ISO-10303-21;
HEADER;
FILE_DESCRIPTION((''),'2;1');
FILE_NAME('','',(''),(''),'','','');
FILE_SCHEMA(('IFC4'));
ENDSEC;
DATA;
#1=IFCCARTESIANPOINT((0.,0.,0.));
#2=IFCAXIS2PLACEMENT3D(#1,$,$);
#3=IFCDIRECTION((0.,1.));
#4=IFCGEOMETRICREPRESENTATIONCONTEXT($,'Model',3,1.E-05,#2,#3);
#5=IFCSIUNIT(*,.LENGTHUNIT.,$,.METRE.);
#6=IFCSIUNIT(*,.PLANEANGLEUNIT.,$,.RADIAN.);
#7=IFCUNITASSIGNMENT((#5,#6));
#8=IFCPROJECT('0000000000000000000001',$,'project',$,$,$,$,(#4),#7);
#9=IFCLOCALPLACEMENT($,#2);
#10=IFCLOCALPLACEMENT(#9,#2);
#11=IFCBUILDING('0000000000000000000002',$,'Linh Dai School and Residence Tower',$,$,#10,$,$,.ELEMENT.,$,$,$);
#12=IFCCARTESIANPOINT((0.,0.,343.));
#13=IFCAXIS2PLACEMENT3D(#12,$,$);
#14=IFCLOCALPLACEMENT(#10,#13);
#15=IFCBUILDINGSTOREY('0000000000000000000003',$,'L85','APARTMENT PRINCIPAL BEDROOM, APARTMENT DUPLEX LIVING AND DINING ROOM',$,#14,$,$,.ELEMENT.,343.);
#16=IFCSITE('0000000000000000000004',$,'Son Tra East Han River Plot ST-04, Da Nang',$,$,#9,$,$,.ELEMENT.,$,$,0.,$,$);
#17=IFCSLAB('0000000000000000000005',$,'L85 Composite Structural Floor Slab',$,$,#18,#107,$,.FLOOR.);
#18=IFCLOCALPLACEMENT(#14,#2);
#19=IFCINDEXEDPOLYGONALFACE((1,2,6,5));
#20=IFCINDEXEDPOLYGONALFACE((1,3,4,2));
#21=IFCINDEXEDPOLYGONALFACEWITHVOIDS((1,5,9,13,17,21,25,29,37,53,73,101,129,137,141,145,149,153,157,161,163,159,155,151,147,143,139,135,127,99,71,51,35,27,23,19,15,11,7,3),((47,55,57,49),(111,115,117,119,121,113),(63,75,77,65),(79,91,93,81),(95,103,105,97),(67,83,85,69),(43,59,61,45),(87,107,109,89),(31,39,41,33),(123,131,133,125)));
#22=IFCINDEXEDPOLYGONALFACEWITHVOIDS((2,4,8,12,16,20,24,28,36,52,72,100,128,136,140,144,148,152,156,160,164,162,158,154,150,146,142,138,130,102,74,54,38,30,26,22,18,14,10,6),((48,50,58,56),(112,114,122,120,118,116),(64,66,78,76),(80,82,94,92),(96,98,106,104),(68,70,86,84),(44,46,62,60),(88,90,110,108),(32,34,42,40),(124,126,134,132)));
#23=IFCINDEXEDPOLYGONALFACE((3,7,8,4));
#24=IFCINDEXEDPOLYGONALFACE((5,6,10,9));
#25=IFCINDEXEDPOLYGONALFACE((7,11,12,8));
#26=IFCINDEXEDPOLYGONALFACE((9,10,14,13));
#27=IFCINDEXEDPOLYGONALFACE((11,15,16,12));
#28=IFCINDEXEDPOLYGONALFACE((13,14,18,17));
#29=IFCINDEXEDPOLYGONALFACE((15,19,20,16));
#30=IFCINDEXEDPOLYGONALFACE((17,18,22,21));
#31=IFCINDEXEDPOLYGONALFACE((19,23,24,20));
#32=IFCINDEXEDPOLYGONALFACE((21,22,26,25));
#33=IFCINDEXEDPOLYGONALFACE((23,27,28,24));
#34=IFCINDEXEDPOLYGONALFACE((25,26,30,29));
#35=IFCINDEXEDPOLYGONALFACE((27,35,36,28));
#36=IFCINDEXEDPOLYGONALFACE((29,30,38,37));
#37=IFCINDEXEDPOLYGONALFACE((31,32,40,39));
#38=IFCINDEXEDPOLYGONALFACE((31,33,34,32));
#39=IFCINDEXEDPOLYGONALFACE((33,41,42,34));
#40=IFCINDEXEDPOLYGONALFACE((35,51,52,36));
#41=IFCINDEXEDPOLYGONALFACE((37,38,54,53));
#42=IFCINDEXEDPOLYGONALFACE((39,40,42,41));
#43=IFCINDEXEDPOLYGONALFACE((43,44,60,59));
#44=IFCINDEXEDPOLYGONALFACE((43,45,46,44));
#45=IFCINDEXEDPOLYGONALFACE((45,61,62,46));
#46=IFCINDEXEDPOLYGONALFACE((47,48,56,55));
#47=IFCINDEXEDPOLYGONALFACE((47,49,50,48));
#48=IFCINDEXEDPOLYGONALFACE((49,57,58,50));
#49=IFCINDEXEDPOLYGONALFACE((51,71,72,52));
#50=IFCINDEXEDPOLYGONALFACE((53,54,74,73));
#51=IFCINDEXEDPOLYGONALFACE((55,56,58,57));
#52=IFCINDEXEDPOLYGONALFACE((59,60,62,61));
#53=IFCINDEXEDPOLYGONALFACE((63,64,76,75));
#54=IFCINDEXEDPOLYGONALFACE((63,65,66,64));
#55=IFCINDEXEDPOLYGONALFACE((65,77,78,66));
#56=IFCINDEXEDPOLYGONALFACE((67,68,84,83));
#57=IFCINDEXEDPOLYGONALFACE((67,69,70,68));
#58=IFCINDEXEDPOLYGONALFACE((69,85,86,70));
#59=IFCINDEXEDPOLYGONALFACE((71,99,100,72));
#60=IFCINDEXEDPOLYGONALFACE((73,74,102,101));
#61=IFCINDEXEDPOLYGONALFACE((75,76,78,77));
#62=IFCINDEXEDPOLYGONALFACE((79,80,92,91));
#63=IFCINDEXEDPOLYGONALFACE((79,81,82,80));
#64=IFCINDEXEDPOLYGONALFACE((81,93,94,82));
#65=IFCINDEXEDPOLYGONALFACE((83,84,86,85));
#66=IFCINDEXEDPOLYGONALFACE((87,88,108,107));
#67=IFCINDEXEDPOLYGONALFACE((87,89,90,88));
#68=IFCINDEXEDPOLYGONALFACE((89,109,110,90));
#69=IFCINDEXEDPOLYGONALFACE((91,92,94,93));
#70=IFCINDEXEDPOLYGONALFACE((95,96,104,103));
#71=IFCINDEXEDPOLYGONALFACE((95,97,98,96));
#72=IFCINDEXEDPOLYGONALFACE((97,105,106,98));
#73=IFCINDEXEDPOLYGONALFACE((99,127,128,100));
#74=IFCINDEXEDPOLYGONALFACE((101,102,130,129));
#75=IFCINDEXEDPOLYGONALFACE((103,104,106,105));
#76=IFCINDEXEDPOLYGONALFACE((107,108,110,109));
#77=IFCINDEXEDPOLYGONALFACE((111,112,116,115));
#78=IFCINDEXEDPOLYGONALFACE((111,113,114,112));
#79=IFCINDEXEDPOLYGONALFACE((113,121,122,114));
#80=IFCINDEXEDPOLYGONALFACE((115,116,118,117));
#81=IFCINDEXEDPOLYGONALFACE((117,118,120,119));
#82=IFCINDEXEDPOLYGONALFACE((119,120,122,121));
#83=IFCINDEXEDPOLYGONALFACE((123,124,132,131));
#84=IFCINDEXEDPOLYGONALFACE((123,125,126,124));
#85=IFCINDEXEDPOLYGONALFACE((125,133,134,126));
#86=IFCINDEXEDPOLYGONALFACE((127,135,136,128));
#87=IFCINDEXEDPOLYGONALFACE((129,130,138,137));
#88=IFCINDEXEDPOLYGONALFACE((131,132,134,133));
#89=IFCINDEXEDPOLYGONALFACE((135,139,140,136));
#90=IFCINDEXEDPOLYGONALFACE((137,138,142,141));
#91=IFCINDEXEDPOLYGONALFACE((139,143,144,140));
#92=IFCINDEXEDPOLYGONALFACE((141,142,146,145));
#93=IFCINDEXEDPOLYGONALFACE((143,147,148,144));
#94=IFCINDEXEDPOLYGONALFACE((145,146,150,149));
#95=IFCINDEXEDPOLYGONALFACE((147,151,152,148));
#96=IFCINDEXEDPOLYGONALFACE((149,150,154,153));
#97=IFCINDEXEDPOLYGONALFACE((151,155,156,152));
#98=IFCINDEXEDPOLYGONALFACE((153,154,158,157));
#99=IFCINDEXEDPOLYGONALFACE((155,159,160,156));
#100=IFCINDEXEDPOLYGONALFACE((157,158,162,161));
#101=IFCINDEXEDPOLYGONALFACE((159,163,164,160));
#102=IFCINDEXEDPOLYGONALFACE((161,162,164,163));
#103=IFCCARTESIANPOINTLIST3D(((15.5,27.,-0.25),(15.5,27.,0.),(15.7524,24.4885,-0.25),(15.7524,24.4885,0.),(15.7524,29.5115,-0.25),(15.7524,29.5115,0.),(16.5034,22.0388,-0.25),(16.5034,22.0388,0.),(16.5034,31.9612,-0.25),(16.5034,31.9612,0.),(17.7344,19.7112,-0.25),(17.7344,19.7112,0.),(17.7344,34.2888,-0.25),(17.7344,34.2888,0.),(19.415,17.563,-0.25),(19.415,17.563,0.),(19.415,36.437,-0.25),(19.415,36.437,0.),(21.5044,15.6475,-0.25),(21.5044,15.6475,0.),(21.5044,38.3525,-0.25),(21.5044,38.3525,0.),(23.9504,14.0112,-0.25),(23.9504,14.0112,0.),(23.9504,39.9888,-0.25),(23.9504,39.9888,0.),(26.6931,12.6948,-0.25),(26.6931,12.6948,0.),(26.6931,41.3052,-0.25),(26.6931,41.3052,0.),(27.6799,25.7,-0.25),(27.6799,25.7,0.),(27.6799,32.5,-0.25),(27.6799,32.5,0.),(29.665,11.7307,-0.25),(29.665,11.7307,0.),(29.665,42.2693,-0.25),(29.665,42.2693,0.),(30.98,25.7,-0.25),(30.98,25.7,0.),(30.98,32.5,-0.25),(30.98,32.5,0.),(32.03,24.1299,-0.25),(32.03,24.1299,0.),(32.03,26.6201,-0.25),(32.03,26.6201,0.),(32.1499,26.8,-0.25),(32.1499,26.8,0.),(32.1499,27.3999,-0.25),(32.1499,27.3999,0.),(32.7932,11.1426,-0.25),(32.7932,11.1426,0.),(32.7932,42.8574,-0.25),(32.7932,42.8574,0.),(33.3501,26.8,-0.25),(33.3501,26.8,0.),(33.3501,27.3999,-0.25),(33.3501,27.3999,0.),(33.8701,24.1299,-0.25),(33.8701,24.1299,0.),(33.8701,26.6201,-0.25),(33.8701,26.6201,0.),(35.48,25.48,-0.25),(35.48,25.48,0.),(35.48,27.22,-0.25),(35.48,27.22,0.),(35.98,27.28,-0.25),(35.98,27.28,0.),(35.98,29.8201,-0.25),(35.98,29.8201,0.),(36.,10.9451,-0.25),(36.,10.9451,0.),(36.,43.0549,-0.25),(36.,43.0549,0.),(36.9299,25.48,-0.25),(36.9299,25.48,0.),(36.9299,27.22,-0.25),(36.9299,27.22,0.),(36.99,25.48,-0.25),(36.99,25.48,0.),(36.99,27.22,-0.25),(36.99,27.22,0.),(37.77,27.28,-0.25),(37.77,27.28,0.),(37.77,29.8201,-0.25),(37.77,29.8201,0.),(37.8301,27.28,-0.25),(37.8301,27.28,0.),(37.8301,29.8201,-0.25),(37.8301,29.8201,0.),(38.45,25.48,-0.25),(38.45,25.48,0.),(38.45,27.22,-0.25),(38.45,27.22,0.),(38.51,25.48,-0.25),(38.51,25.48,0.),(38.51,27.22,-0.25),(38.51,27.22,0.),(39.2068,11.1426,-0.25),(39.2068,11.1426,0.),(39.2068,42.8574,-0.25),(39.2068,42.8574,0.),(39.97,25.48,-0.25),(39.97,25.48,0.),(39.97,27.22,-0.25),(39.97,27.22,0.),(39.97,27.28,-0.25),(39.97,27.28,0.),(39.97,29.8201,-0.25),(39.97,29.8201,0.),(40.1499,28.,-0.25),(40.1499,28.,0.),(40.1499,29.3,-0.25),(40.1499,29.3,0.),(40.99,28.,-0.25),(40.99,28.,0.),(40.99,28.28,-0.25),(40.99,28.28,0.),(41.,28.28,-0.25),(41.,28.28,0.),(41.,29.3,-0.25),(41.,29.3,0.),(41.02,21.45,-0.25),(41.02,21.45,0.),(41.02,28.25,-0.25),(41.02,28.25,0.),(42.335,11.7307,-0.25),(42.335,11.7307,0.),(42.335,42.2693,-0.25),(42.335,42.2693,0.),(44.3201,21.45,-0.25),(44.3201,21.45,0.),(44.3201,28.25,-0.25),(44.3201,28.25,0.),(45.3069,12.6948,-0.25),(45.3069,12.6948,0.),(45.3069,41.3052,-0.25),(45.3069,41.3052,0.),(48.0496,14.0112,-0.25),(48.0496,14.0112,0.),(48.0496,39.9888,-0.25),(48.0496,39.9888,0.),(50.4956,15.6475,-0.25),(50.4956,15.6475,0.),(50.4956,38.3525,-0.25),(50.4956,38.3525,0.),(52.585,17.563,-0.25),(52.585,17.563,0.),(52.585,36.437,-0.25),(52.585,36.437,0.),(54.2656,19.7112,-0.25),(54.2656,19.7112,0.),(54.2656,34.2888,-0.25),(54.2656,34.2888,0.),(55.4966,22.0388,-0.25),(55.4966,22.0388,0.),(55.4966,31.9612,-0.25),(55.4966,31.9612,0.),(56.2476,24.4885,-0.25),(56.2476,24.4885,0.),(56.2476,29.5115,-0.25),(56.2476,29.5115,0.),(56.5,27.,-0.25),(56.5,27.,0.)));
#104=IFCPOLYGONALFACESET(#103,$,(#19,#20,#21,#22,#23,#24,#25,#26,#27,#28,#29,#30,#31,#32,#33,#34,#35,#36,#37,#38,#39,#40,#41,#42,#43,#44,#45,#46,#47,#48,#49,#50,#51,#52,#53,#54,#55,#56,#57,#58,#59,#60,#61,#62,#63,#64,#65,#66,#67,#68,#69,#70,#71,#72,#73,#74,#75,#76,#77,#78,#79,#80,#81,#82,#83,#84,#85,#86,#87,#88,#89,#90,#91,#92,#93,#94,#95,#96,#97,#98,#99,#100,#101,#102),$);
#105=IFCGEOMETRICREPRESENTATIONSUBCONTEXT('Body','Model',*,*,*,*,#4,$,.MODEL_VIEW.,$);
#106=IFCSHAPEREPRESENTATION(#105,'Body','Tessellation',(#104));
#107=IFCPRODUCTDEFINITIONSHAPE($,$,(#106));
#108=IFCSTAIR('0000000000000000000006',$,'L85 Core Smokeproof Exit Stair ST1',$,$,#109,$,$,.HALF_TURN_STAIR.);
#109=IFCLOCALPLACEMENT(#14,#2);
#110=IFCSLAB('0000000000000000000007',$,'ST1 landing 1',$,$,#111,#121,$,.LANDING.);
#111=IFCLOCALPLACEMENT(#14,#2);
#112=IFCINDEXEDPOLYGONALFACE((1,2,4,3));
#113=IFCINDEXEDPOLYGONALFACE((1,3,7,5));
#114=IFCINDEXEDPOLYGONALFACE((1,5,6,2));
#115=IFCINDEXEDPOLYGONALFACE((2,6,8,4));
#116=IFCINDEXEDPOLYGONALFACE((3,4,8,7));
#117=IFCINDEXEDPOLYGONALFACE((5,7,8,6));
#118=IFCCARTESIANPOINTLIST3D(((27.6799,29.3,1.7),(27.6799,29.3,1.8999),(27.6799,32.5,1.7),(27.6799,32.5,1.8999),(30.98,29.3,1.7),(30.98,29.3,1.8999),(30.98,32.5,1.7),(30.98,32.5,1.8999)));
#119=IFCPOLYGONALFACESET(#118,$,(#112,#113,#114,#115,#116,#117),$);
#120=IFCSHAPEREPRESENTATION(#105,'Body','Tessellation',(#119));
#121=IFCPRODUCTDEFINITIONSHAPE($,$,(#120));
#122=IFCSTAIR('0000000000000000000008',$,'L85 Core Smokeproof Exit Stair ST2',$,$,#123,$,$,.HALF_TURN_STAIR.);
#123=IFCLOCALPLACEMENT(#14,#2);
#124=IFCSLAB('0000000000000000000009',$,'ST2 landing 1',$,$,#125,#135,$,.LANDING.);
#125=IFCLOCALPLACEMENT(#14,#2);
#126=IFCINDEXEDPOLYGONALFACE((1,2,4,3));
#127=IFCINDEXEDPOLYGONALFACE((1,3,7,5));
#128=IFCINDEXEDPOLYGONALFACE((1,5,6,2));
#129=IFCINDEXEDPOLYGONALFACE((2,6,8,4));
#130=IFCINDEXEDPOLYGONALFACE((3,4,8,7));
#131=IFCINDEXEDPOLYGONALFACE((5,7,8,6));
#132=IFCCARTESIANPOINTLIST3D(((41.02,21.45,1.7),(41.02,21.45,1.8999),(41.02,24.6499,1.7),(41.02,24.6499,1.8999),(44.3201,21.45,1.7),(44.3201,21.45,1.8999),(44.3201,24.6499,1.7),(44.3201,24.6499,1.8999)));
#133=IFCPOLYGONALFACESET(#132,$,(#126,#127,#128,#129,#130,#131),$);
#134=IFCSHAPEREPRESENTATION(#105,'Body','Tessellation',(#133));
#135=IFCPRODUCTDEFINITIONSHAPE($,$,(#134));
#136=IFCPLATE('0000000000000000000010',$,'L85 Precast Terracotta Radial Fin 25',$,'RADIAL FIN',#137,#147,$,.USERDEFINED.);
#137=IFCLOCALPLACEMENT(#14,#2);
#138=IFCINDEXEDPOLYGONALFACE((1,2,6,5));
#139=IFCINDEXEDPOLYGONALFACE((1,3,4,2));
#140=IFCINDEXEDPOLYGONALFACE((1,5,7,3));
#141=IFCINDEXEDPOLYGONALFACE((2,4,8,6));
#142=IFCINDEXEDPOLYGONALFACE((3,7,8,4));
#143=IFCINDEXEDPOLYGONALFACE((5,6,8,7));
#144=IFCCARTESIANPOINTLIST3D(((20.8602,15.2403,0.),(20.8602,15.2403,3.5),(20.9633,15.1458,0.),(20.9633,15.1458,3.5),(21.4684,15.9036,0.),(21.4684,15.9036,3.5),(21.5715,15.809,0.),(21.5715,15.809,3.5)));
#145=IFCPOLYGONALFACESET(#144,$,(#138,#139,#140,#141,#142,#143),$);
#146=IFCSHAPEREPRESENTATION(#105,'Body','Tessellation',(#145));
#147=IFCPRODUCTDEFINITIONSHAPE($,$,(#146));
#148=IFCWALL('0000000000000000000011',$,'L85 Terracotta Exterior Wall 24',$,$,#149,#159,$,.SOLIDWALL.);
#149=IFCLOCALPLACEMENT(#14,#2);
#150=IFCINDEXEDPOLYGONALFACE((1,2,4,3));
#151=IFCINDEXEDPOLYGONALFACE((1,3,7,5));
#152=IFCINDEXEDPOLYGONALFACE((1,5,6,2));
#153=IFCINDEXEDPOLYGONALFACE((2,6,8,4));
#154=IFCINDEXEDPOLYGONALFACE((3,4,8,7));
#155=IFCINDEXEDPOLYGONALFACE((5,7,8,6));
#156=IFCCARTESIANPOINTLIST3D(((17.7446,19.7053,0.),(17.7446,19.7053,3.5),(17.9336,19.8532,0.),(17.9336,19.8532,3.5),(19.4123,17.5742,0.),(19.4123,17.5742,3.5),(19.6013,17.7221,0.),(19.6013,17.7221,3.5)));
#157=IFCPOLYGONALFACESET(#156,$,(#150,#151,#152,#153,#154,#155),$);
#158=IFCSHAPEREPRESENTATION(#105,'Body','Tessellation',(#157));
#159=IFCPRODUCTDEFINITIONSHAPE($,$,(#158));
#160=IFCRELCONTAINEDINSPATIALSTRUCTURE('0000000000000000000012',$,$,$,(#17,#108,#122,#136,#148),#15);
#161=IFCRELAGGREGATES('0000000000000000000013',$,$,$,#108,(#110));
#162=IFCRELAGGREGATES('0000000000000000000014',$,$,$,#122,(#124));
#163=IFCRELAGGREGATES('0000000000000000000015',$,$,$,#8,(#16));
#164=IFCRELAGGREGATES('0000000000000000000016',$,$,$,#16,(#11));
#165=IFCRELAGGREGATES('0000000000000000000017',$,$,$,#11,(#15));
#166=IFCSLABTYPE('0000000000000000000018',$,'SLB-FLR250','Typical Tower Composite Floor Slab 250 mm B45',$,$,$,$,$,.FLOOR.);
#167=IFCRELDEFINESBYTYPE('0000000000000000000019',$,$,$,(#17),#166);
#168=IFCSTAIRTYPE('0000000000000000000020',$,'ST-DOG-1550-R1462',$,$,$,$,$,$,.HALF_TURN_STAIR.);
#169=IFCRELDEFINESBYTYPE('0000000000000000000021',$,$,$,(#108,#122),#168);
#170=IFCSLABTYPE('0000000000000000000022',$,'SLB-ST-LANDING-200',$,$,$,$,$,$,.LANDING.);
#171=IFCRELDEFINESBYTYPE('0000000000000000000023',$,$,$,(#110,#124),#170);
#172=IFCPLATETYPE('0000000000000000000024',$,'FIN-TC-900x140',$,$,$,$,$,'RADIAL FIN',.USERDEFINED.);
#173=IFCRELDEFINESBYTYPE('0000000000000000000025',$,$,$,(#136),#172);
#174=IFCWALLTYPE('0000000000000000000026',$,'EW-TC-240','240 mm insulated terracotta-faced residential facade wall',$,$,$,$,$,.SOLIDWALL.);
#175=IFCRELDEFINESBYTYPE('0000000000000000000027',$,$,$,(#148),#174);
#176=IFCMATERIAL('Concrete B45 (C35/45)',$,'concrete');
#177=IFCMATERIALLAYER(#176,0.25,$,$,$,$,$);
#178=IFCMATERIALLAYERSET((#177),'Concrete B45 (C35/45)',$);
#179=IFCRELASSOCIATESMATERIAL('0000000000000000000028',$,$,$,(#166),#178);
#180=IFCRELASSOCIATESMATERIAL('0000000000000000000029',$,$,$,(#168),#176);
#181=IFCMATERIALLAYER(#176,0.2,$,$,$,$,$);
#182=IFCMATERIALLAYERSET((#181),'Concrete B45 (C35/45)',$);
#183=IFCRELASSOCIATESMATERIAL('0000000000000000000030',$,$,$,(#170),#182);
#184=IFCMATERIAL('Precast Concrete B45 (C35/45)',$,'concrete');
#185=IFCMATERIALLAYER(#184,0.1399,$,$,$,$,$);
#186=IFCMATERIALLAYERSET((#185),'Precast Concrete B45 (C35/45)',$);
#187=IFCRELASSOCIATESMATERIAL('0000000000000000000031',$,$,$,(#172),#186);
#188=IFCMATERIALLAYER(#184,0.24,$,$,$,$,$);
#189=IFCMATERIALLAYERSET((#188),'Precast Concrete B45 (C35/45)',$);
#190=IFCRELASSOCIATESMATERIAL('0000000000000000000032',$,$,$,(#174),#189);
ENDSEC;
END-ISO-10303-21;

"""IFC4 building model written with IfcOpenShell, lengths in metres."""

from ifc_helpers import new_model, si_unit, direction, frame, frame_2d, origin, origin_2d, place, context, subcontext, project, spatial, polyline, rectangle, outline, extrude, source, transform, mapped, material, layer, layer_set, type_object, element, aggregate, save


model = new_model("IFC4")

# Units and contexts
model_context = context("Model", 3, precision=1e-05, world=origin(), true_north=direction((0.0, 1.0)))
body_context = subcontext(model_context, "Body", "Model", "MODEL_VIEW")
ifc_project = project(units=[si_unit("LENGTHUNIT", "METRE"), si_unit("PLANEANGLEUNIT", "RADIAN")], contexts=[model_context])

# Site, building, storey
site_placement = place(None, origin())
site = spatial("IfcSite", under=ifc_project, at=site_placement, Name="Son Tra East Han River Plot ST-04, Da Nang", CompositionType="ELEMENT", RefElevation=0.0)
building_placement = place(site_placement, origin())
building = spatial("IfcBuilding", under=site, at=building_placement, Name="Linh Dai School and Residence Tower", CompositionType="ELEMENT")
storey_placement = place(building_placement, frame((0.0, 0.0, 343.0)))
storey = spatial("IfcBuildingStorey", under=building, at=storey_placement, Name="L85", Description="APARTMENT PRINCIPAL BEDROOM, APARTMENT DUPLEX LIVING AND DINING ROOM", CompositionType="ELEMENT", Elevation=343.0)

# Slab
ifc_material_1 = material(Name="Concrete B45 (C35/45)", Category="concrete")
ifc_layer_1 = layer(ifc_material_1, 0.25)
ifc_layer_set_1 = layer_set([ifc_layer_1], Name="Concrete B45 (C35/45)")
slab_type_1 = type_object("IfcSlabType", Name="SLB-FLR250", Description="Typical Tower Composite Floor Slab 250 mm B45", PredefinedType="FLOOR", material=ifc_layer_set_1)
slab_1_placement = place(storey_placement, frame((0.0, 0.0, -0.25)))
element("IfcSlab", 1, at=slab_1_placement, inside=storey, type_object=slab_type_1, Name="L85 Composite Structural Floor Slab", PredefinedType="FLOOR", context=body_context, shape_type="SweptSolid", body=[
    extrude(outline(polyline([(56.5, 27.0), (56.2476, 29.5115), (55.4966, 31.9612), (54.2656, 34.2888), (52.585, 36.437), (50.4956, 38.3525), (48.0496, 39.9888), (45.3069, 41.3052), (42.335, 42.2693), (39.2068, 42.8574), (36.0, 43.0549), (32.7932, 42.8574), (29.665, 42.2693), (26.6931, 41.3052), (23.9504, 39.9888), (21.5044, 38.3525), (19.415, 36.437), (17.7344, 34.2888), (16.5034, 31.9612), (15.7524, 29.5115), (15.5, 27.0), (15.7524, 24.4885), (16.5034, 22.0388), (17.7344, 19.7112), (19.415, 17.563), (21.5044, 15.6475), (23.9504, 14.0112), (26.6931, 12.6948), (29.665, 11.7307), (32.7932, 11.1426), (36.0, 10.9451), (39.2068, 11.1426), (42.335, 11.7307), (45.3069, 12.6948), (48.0496, 14.0112), (50.4956, 15.6475), (52.585, 17.563), (54.2656, 19.7112), (55.4966, 22.0388), (56.2476, 24.4885), (56.5, 27.0)]), holes=[polyline([(30.98, 25.7), (30.98, 32.5), (27.6799, 32.5), (27.6799, 25.7), (30.98, 25.7)]), polyline([(41.02, 28.25), (41.02, 21.45), (44.3201, 21.45), (44.3201, 28.25), (41.02, 28.25)]), polyline([(35.98, 27.28), (37.77, 27.28), (37.77, 29.8201), (35.98, 29.8201), (35.98, 27.28)]), polyline([(32.03, 24.1299), (33.8701, 24.1299), (33.8701, 26.6201), (32.03, 26.6201), (32.03, 24.1299)]), polyline([(37.8301, 27.28), (39.97, 27.28), (39.97, 29.8201), (37.8301, 29.8201), (37.8301, 27.28)]), polyline([(35.48, 25.48), (36.9299, 25.48), (36.9299, 27.22), (35.48, 27.22), (35.48, 25.48)]), polyline([(36.99, 25.48), (38.45, 25.48), (38.45, 27.22), (36.99, 27.22), (36.99, 25.48)]), polyline([(38.51, 25.48), (39.97, 25.48), (39.97, 27.22), (38.51, 27.22), (38.51, 25.48)]), polyline([(40.1499, 28.0), (40.1499, 29.3), (41.0, 29.3), (41.0, 28.28), (40.99, 28.28), (40.99, 28.0), (40.1499, 28.0)]), polyline([(32.1499, 26.8), (33.3501, 26.8), (33.3501, 27.3999), (32.1499, 27.3999), (32.1499, 26.8)])]), origin(), (0.0, 0.0, 1.0), 0.25),
])

# Stairs, slabs
stair_type = type_object("IfcStairType", Name="ST-DOG-1550-R1462", PredefinedType="HALF_TURN_STAIR", material=ifc_material_1)
stair_1_placement = place(storey_placement, origin())
stair_1 = element("IfcStair", 2, at=stair_1_placement, inside=storey, type_object=stair_type, Name="L85 Core Smokeproof Exit Stair ST1", PredefinedType="HALF_TURN_STAIR")
ifc_layer_2 = layer(ifc_material_1, 0.2)
ifc_layer_set_2 = layer_set([ifc_layer_2], Name="Concrete B45 (C35/45)")
slab_type_2 = type_object("IfcSlabType", Name="SLB-ST-LANDING-200", PredefinedType="LANDING", material=ifc_layer_set_2)
slab_2_placement = place(storey_placement, frame((0.0, 0.0, 1.7)))
slab_2 = element("IfcSlab", 3, at=slab_2_placement, type_object=slab_type_2, Name="ST1 landing 1", PredefinedType="LANDING", context=body_context, shape_type="SweptSolid", body=[
    extrude(outline(polyline([(30.98, 29.3), (30.98, 32.5), (27.6799, 32.5), (27.6799, 29.3), (30.98, 29.3)])), origin(), (0.0, 0.0, 1.0), 0.2),
])
aggregate(stair_1, [slab_2])
stair_2_placement = place(storey_placement, origin())
stair_2 = element("IfcStair", 4, at=stair_2_placement, inside=storey, type_object=stair_type, Name="L85 Core Smokeproof Exit Stair ST2", PredefinedType="HALF_TURN_STAIR")
slab_3_placement = place(storey_placement, frame((0.0, 0.0, 1.7)))
slab_3 = element("IfcSlab", 5, at=slab_3_placement, type_object=slab_type_2, Name="ST2 landing 1", PredefinedType="LANDING", context=body_context, shape_type="SweptSolid", body=[
    extrude(outline(polyline([(41.02, 24.6499), (41.02, 21.45), (44.3201, 21.45), (44.3201, 24.6499), (41.02, 24.6499)])), origin(), (0.0, 0.0, 1.0), 0.2),
])
aggregate(stair_2, [slab_3])

# Plate
ifc_material_2 = material(Name="Precast Concrete B45 (C35/45)", Category="concrete")
ifc_layer_3 = layer(ifc_material_2, 0.1399)
ifc_layer_set_3 = layer_set([ifc_layer_3], Name="Precast Concrete B45 (C35/45)")
plate_type = type_object("IfcPlateType", Name="FIN-TC-900x140", ElementType="RADIAL FIN", PredefinedType="USERDEFINED", material=ifc_layer_set_3)
shared_shape_1 = source(origin(), body_context, "Body", "SweptSolid", [
    extrude(rectangle(XDim=0.8999, YDim=0.1399, at=origin_2d()), origin(), (0.0, 0.0, 1.0), 3.5),
])
plate_placement = place(storey_placement, frame((21.2158, 15.5247, 0.0), z_axis=(0.0, 0.0, 1.0), x_axis=(-0.675841, -0.737048, 0.0)))
element("IfcPlate", 6, at=plate_placement, inside=storey, type_object=plate_type, Name="L85 Precast Terracotta Radial Fin 25", ObjectType="RADIAL FIN", PredefinedType="USERDEFINED", context=body_context, shape_type="MappedRepresentation", body=[
    mapped(shared_shape_1, transform((0.0, 0.0, 0.0), x_axis=(1.0, 0.0, 0.0), y_axis=(0.0, 1.0, 0.0), z_axis=(0.0, 0.0, 1.0), scale=1.0)),
])

# Wall
ifc_layer_4 = layer(ifc_material_2, 0.24)
ifc_layer_set_4 = layer_set([ifc_layer_4], Name="Precast Concrete B45 (C35/45)")
wall_type_1 = type_object("IfcWallType", Name="EW-TC-240", Description="240 mm insulated terracotta-faced residential facade wall", PredefinedType="SOLIDWALL", material=ifc_layer_set_4)
wall_1_placement = place(storey_placement, frame((19.5068, 17.6482, 0.0), z_axis=(0.0, 0.0, 1.0), x_axis=(-0.616286, 0.787522, 0.0)))
element("IfcWall", 7, at=wall_1_placement, inside=storey, type_object=wall_type_1, Name="L85 Terracotta Exterior Wall 24", PredefinedType="SOLIDWALL", context=body_context, shape_type="SweptSolid", body=[
    extrude(rectangle(XDim=2.7061, YDim=0.24, at=frame_2d((1.353, 0.0))), origin(), (0.0, 0.0, 1.0), 3.5),
])

save(model, "model.ifc")
